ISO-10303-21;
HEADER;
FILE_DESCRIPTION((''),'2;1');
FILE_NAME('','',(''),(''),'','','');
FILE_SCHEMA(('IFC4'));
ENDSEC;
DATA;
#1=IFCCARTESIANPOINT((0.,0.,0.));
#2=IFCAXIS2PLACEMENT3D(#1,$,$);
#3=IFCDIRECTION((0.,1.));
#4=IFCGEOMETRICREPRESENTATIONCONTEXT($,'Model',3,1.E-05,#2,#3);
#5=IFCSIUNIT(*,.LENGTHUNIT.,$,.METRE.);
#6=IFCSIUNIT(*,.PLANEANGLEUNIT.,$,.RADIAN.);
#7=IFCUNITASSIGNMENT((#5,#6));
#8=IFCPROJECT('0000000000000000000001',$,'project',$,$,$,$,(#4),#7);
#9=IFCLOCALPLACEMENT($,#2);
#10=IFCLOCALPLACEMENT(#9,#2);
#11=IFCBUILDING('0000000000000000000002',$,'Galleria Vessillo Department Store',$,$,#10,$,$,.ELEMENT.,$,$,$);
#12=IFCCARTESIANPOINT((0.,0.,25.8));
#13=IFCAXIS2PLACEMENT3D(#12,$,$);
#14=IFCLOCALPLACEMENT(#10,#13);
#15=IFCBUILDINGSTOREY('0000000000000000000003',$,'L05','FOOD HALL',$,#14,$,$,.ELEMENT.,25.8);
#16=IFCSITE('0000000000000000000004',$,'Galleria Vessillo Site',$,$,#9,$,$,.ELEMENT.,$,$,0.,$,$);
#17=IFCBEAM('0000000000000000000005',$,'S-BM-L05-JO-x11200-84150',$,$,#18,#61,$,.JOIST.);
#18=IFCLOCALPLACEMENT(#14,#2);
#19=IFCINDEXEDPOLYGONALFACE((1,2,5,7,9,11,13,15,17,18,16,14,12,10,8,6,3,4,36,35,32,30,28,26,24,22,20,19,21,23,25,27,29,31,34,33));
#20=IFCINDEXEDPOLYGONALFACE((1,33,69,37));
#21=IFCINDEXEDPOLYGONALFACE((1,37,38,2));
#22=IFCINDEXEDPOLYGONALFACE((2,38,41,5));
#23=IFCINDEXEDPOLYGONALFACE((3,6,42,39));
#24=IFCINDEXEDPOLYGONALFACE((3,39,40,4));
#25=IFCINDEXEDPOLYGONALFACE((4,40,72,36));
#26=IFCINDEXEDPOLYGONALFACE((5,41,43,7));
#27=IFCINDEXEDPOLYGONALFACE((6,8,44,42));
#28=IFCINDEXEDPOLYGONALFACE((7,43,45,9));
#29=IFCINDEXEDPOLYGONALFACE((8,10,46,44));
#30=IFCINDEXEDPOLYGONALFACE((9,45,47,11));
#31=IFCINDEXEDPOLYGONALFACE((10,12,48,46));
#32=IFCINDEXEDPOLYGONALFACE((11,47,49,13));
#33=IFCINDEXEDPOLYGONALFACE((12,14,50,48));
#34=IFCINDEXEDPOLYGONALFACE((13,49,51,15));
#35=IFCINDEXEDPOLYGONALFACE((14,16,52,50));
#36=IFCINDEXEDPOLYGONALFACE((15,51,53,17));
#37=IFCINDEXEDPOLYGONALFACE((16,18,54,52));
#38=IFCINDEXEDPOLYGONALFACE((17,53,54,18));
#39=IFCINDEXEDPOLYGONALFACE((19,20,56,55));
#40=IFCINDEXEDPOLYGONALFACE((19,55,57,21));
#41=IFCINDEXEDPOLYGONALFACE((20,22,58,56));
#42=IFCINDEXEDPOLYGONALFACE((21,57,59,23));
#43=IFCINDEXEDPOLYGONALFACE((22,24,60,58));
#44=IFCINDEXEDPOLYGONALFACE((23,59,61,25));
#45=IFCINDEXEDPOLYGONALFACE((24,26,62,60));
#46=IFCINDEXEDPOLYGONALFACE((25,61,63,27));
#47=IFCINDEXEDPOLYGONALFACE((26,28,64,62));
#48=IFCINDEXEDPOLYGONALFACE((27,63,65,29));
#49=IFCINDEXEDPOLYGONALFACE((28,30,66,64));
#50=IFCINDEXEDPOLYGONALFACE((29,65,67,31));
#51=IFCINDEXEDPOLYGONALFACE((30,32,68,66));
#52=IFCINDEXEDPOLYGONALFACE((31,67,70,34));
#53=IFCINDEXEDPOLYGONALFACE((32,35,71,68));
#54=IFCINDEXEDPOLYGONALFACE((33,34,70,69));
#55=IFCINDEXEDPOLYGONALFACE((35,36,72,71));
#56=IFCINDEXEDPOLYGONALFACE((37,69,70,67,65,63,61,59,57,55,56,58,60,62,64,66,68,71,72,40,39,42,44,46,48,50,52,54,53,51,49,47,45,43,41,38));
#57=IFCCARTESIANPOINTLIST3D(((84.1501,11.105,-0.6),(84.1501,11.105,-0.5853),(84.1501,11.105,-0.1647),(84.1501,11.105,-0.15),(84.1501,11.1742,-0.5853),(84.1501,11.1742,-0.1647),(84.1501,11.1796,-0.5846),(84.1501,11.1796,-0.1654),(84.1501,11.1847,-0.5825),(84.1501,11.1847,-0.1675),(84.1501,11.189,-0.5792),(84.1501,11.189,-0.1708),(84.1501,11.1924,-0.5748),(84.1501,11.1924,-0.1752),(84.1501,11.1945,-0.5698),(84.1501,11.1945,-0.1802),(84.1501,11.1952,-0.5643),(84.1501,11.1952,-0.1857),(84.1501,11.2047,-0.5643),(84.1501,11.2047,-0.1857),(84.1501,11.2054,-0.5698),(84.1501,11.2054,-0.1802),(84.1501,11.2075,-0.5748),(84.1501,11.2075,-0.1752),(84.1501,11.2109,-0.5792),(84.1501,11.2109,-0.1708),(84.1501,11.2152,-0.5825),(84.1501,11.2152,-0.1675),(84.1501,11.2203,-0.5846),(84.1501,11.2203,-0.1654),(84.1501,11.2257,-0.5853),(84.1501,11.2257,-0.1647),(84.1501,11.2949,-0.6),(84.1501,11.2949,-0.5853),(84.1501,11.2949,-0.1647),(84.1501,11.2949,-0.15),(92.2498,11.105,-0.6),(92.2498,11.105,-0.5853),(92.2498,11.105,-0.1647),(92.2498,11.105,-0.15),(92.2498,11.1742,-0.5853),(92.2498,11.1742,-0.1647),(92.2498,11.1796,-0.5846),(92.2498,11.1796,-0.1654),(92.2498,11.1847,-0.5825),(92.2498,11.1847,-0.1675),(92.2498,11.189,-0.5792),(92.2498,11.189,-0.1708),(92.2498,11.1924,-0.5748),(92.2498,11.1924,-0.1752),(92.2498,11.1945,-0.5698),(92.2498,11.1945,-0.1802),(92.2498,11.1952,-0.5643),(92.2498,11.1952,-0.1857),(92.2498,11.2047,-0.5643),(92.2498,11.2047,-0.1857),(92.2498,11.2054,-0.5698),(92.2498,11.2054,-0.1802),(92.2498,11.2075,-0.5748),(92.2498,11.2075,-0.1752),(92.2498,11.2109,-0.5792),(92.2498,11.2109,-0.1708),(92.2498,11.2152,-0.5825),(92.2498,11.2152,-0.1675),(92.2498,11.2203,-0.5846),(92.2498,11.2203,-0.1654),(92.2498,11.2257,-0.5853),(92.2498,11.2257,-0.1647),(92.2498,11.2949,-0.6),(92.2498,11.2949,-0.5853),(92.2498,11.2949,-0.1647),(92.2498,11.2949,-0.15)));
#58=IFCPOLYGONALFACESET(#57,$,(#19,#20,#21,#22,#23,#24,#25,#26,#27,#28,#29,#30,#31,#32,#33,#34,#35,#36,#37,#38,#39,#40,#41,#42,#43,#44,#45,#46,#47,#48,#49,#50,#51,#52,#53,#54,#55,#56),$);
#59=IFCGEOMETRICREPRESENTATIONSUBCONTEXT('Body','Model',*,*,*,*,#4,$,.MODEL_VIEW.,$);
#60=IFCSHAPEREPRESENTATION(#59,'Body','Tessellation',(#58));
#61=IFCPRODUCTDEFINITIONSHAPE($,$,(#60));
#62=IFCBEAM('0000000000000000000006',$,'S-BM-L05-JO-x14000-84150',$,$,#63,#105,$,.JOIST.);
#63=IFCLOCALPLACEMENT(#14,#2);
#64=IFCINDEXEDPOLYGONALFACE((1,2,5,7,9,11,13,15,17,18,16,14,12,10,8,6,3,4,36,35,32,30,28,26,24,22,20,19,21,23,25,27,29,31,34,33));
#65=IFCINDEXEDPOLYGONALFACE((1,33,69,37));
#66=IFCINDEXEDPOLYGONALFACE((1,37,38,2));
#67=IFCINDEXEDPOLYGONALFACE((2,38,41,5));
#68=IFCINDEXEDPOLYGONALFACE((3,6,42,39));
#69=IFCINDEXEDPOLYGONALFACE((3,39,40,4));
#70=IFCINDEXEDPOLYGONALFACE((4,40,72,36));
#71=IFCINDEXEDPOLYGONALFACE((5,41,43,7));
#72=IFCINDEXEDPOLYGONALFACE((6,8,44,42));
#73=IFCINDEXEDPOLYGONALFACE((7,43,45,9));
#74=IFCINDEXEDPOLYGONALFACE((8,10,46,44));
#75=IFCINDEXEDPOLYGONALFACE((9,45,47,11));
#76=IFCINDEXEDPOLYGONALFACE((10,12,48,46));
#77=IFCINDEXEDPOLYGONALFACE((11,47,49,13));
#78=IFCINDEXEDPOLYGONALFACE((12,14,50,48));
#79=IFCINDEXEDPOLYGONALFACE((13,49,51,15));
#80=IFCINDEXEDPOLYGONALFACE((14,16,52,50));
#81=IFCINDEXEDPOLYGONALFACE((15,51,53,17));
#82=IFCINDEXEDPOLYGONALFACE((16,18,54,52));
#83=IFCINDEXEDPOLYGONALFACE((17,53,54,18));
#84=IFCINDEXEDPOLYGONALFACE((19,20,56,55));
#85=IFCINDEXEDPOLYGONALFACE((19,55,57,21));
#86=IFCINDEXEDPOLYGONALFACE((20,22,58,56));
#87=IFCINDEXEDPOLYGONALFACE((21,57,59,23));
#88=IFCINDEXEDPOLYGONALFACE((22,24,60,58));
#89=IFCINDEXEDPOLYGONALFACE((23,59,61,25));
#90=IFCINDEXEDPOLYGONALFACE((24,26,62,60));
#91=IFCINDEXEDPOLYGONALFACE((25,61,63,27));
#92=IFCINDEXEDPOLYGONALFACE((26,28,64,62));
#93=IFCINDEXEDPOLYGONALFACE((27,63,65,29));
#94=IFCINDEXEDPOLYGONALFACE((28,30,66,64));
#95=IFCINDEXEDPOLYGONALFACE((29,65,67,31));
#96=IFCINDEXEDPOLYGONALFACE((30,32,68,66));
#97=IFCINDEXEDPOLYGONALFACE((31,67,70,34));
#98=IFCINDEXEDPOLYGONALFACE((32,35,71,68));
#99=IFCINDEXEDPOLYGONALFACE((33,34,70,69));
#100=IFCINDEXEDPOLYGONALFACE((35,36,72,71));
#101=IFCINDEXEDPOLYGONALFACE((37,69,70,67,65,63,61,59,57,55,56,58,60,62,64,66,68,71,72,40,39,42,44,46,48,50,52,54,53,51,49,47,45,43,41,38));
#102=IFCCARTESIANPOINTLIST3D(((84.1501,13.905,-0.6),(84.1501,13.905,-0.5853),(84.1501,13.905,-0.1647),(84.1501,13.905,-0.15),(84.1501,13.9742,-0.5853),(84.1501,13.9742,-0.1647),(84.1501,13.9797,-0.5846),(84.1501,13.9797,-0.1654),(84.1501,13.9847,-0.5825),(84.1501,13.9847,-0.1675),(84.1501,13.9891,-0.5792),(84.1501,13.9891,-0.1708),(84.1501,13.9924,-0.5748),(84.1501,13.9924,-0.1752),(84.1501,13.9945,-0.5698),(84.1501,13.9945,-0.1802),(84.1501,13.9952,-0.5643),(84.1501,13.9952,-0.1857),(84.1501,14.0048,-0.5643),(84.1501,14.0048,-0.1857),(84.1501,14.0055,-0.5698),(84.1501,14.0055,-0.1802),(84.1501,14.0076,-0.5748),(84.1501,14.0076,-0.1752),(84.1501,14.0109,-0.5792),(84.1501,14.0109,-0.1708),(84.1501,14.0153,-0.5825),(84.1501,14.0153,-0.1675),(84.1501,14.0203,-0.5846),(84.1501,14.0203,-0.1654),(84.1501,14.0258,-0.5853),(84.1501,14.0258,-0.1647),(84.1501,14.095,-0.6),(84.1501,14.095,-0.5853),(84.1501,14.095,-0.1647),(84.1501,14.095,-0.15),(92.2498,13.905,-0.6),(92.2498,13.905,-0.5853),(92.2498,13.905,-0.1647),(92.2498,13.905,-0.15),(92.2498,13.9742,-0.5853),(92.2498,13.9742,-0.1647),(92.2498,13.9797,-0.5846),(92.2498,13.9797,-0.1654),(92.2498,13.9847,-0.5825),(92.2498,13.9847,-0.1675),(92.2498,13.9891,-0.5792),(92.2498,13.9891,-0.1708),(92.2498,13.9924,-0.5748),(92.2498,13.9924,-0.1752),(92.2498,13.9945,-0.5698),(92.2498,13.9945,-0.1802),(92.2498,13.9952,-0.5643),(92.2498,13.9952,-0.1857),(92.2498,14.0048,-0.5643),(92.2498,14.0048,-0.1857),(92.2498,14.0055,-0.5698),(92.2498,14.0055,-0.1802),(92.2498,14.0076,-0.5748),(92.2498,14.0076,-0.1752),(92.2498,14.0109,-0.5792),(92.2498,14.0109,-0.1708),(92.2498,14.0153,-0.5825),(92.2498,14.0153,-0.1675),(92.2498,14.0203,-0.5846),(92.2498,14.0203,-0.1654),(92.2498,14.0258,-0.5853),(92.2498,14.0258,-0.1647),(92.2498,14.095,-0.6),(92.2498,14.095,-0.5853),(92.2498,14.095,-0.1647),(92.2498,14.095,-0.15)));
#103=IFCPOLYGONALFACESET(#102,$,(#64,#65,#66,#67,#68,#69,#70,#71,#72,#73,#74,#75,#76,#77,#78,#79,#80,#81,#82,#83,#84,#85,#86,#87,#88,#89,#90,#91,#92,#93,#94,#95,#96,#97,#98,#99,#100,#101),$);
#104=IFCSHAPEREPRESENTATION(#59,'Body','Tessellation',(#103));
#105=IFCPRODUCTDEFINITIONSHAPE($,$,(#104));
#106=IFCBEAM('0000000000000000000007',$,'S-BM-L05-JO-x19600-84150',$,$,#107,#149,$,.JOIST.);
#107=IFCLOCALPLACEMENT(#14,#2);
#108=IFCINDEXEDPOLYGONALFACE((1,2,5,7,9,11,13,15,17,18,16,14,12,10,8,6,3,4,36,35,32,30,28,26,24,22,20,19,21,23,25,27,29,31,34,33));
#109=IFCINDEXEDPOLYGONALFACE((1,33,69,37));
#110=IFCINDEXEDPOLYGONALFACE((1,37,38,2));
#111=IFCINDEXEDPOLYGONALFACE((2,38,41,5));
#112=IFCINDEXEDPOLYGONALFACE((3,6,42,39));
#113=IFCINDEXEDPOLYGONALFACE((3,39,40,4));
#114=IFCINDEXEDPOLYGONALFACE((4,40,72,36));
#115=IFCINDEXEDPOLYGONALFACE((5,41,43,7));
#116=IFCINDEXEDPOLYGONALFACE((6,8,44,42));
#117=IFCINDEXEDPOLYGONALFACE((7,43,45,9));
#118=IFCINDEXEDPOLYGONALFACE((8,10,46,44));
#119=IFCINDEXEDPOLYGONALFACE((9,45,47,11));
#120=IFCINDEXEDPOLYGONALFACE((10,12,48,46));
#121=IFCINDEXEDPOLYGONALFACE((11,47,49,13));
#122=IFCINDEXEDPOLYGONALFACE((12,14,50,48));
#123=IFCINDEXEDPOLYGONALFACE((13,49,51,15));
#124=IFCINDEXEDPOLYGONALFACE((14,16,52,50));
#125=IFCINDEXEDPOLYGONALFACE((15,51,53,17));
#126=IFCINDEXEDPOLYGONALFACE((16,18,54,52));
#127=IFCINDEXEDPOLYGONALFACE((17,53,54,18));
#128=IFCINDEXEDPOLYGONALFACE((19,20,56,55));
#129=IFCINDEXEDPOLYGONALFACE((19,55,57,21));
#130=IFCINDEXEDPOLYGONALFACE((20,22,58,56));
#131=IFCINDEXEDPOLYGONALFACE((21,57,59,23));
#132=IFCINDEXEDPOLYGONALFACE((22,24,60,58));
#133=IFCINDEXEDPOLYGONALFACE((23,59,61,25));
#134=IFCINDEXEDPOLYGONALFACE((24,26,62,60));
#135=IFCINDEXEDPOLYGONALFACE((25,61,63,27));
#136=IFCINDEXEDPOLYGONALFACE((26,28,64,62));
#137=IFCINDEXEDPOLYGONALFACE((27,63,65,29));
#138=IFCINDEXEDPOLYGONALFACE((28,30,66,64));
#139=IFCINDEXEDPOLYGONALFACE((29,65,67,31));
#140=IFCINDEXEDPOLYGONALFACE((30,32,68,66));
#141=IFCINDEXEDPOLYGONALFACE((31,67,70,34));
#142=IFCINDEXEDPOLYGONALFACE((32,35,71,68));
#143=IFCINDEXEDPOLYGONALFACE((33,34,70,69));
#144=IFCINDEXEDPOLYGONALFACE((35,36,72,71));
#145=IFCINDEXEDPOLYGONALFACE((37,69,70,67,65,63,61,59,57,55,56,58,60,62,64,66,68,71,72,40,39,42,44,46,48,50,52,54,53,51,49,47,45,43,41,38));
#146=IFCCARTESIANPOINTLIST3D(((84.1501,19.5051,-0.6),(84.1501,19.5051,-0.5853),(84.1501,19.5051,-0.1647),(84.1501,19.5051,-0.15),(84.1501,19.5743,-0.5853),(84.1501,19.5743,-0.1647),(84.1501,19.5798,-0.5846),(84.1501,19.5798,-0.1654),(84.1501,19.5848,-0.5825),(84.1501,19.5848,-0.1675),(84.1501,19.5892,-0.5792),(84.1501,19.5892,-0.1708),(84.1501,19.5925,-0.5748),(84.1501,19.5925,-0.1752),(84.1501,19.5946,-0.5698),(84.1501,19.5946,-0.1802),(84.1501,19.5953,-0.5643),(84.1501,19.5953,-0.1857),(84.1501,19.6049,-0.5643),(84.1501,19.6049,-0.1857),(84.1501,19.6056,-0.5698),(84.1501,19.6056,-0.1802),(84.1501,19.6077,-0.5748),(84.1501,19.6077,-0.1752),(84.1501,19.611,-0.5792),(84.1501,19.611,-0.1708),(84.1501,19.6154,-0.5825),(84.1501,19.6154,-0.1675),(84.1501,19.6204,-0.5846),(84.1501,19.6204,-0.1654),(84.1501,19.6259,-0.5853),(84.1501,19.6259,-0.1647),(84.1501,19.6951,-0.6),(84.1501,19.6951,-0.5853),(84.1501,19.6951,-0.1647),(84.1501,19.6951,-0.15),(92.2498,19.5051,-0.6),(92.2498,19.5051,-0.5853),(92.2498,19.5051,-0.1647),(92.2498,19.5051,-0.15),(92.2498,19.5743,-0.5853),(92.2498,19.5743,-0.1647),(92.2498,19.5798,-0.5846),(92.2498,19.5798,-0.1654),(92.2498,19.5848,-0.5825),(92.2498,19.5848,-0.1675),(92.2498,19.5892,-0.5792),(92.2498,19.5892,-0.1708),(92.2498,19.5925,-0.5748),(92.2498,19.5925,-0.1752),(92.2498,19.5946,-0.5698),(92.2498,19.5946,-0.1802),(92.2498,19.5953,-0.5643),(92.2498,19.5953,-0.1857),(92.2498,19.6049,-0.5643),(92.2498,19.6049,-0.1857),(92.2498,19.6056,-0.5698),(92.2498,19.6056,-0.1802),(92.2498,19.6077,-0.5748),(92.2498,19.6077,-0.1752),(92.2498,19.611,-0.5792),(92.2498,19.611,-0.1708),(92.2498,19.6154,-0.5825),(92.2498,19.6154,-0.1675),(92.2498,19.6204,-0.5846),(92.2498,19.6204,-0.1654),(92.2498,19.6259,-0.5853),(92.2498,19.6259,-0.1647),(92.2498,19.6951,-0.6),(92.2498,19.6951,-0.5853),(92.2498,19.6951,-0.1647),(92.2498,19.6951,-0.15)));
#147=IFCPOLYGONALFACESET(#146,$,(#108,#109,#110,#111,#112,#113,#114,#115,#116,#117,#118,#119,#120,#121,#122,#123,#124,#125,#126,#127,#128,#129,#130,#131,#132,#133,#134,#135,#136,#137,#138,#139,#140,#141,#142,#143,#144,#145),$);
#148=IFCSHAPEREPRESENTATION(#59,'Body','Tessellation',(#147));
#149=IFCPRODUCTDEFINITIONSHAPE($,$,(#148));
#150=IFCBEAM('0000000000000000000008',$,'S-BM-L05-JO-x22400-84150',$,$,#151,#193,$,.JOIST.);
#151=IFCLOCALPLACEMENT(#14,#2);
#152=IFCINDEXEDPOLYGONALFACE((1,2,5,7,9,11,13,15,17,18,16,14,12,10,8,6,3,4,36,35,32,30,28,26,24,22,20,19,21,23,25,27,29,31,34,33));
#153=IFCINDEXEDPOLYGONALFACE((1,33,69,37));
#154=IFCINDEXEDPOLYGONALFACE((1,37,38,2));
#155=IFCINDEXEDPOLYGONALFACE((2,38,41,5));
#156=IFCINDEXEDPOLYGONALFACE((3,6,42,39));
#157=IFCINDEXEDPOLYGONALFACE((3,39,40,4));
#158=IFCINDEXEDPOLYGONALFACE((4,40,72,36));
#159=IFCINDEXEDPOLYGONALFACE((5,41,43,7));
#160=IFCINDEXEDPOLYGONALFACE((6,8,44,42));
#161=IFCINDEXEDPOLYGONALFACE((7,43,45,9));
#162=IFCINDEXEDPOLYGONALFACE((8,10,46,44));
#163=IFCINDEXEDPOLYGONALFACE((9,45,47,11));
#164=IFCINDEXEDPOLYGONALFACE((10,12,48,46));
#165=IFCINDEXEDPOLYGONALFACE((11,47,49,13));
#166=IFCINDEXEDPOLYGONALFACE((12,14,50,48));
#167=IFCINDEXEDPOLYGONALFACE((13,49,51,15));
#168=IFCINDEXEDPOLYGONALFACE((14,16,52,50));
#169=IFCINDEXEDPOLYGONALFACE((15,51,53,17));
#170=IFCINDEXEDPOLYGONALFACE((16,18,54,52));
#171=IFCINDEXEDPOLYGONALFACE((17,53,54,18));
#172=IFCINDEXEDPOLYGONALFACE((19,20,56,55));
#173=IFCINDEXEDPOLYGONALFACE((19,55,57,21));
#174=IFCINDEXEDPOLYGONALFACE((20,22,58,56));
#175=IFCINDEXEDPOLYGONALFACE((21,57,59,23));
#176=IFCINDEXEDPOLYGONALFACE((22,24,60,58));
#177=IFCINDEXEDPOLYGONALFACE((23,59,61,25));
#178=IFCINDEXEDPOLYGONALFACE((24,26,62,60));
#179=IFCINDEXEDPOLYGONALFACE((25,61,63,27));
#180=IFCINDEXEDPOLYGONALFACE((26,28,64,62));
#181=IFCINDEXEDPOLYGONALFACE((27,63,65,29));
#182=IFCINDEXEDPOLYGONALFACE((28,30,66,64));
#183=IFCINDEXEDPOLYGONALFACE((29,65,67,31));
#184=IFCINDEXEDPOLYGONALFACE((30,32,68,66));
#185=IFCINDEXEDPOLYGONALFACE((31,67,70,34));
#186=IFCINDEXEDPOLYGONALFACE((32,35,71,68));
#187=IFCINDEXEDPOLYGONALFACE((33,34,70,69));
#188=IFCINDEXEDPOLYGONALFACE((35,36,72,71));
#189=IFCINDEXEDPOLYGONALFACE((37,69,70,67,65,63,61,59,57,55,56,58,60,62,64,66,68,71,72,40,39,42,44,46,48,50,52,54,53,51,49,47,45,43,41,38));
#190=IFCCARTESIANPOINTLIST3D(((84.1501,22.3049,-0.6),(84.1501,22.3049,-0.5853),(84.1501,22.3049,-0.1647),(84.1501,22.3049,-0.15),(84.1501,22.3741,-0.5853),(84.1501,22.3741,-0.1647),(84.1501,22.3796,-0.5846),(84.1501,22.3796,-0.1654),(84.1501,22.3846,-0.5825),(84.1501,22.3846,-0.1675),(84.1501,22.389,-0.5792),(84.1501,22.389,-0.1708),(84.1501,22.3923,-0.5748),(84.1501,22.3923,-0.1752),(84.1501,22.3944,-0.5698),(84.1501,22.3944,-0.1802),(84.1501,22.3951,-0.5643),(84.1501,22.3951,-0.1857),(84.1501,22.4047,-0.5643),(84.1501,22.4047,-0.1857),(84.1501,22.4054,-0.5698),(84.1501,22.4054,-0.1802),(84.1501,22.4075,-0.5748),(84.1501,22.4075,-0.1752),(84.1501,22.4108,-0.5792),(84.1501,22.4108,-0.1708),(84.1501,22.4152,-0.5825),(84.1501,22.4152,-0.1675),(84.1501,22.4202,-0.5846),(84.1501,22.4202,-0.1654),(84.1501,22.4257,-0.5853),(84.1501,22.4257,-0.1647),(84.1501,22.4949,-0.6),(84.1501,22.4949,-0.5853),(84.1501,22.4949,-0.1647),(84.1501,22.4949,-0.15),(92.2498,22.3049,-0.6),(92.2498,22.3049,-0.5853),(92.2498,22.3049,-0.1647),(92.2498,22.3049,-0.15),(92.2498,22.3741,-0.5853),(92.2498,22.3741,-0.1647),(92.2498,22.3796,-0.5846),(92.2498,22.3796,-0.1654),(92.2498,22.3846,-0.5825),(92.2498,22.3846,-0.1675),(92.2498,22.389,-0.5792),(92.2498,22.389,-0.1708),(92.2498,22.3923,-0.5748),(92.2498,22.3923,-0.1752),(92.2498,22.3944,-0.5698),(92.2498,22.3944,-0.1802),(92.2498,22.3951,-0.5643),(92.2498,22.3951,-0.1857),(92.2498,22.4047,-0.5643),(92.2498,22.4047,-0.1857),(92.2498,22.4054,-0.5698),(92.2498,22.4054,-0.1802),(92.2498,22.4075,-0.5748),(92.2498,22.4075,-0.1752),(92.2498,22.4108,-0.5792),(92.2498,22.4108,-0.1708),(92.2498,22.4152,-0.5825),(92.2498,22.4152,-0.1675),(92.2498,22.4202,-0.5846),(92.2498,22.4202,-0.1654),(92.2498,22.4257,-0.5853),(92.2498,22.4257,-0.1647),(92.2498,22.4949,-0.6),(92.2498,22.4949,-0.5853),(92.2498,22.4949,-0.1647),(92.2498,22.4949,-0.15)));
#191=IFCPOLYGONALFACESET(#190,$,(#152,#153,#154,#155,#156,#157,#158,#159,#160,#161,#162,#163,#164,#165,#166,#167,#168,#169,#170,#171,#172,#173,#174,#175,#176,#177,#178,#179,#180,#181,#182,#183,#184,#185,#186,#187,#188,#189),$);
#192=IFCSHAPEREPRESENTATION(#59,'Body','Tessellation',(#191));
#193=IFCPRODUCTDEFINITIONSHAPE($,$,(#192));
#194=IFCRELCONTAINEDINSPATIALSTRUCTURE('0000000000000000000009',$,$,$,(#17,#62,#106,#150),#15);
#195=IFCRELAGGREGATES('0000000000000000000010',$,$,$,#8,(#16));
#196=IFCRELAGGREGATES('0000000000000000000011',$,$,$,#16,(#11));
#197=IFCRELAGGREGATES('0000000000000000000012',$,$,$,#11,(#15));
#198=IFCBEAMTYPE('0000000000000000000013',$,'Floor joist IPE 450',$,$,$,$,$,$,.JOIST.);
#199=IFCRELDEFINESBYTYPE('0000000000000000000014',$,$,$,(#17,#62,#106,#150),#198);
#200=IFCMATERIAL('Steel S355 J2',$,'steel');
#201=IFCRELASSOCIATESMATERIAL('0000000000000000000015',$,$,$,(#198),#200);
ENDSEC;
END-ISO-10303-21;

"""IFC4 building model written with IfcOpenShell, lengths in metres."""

from ifc_helpers import new_model, si_unit, direction, frame, origin, origin_2d, place, context, subcontext, project, spatial, i_section, extrude, material, material_profile, profile_set, type_object, element, save


model = new_model("IFC4")

# Units and contexts
model_context = context("Model", 3, precision=1e-05, world=origin(), true_north=direction((0.0, 1.0)))
body_context = subcontext(model_context, "Body", "Model", "MODEL_VIEW")
ifc_project = project(units=[si_unit("LENGTHUNIT", "METRE"), si_unit("PLANEANGLEUNIT", "RADIAN")], contexts=[model_context])

# Site, building, storey
site_placement = place(None, origin())
site = spatial("IfcSite", under=ifc_project, at=site_placement, Name="Galleria Vessillo Site", CompositionType="ELEMENT", RefElevation=0.0)
building_placement = place(site_placement, origin())
building = spatial("IfcBuilding", under=site, at=building_placement, Name="Galleria Vessillo Department Store", CompositionType="ELEMENT")
storey_placement = place(building_placement, frame((0.0, 0.0, 25.8)))
storey = spatial("IfcBuildingStorey", under=building, at=storey_placement, Name="L05", Description="FOOD HALL", CompositionType="ELEMENT", Elevation=25.8)

# Beams
ifc_material_1 = material(Name="Steel S355 J2", Category="steel")
ifc_material_profile_1 = material_profile(ifc_material_1, i_section(OverallWidth=0.1899, OverallDepth=0.45, WebThickness=0.0095, FlangeThickness=0.0146, FilletRadius=0.021, at=origin_2d()), Name="IPE 450")
ifc_profile_set_1 = profile_set([ifc_material_profile_1], Name="Steel S355 J2")
beam_type_1 = type_object("IfcBeamType", Name="Floor joist IPE 450", PredefinedType="JOIST", material=ifc_profile_set_1)
for number, where, z_axis, x_axis, name in (
    (1, (84.1501, 11.2, -0.375), (1.0, 0.0, 0.0), (0.0, 1.0, 0.0), "S-BM-L05-JO-x11200-84150"),
    (2, (84.1501, 14.0, -0.375), (1.0, 0.0, 0.0), (0.0, 1.0, 0.0), "S-BM-L05-JO-x14000-84150"),
    (3, (84.1501, 19.6001, -0.375), (1.0, 0.0, 0.0), (0.0, 1.0, 0.0), "S-BM-L05-JO-x19600-84150"),
    (4, (84.1501, 22.3999, -0.375), (1.0, 0.0, 0.0), (0.0, 1.0, 0.0), "S-BM-L05-JO-x22400-84150"),
):
    element("IfcBeam", number, at=place(storey_placement, frame(where, z_axis=z_axis, x_axis=x_axis)), inside=storey, type_object=beam_type_1, Name=name, PredefinedType="JOIST", context=body_context, shape_type="SweptSolid", body=[
        extrude(i_section(OverallWidth=0.1899, OverallDepth=0.45, WebThickness=0.0095, FlangeThickness=0.0146, FilletRadius=0.021, at=origin_2d()), origin(), (0.0, 0.0, 1.0), 8.0996),
    ])

save(model, "model.ifc")
